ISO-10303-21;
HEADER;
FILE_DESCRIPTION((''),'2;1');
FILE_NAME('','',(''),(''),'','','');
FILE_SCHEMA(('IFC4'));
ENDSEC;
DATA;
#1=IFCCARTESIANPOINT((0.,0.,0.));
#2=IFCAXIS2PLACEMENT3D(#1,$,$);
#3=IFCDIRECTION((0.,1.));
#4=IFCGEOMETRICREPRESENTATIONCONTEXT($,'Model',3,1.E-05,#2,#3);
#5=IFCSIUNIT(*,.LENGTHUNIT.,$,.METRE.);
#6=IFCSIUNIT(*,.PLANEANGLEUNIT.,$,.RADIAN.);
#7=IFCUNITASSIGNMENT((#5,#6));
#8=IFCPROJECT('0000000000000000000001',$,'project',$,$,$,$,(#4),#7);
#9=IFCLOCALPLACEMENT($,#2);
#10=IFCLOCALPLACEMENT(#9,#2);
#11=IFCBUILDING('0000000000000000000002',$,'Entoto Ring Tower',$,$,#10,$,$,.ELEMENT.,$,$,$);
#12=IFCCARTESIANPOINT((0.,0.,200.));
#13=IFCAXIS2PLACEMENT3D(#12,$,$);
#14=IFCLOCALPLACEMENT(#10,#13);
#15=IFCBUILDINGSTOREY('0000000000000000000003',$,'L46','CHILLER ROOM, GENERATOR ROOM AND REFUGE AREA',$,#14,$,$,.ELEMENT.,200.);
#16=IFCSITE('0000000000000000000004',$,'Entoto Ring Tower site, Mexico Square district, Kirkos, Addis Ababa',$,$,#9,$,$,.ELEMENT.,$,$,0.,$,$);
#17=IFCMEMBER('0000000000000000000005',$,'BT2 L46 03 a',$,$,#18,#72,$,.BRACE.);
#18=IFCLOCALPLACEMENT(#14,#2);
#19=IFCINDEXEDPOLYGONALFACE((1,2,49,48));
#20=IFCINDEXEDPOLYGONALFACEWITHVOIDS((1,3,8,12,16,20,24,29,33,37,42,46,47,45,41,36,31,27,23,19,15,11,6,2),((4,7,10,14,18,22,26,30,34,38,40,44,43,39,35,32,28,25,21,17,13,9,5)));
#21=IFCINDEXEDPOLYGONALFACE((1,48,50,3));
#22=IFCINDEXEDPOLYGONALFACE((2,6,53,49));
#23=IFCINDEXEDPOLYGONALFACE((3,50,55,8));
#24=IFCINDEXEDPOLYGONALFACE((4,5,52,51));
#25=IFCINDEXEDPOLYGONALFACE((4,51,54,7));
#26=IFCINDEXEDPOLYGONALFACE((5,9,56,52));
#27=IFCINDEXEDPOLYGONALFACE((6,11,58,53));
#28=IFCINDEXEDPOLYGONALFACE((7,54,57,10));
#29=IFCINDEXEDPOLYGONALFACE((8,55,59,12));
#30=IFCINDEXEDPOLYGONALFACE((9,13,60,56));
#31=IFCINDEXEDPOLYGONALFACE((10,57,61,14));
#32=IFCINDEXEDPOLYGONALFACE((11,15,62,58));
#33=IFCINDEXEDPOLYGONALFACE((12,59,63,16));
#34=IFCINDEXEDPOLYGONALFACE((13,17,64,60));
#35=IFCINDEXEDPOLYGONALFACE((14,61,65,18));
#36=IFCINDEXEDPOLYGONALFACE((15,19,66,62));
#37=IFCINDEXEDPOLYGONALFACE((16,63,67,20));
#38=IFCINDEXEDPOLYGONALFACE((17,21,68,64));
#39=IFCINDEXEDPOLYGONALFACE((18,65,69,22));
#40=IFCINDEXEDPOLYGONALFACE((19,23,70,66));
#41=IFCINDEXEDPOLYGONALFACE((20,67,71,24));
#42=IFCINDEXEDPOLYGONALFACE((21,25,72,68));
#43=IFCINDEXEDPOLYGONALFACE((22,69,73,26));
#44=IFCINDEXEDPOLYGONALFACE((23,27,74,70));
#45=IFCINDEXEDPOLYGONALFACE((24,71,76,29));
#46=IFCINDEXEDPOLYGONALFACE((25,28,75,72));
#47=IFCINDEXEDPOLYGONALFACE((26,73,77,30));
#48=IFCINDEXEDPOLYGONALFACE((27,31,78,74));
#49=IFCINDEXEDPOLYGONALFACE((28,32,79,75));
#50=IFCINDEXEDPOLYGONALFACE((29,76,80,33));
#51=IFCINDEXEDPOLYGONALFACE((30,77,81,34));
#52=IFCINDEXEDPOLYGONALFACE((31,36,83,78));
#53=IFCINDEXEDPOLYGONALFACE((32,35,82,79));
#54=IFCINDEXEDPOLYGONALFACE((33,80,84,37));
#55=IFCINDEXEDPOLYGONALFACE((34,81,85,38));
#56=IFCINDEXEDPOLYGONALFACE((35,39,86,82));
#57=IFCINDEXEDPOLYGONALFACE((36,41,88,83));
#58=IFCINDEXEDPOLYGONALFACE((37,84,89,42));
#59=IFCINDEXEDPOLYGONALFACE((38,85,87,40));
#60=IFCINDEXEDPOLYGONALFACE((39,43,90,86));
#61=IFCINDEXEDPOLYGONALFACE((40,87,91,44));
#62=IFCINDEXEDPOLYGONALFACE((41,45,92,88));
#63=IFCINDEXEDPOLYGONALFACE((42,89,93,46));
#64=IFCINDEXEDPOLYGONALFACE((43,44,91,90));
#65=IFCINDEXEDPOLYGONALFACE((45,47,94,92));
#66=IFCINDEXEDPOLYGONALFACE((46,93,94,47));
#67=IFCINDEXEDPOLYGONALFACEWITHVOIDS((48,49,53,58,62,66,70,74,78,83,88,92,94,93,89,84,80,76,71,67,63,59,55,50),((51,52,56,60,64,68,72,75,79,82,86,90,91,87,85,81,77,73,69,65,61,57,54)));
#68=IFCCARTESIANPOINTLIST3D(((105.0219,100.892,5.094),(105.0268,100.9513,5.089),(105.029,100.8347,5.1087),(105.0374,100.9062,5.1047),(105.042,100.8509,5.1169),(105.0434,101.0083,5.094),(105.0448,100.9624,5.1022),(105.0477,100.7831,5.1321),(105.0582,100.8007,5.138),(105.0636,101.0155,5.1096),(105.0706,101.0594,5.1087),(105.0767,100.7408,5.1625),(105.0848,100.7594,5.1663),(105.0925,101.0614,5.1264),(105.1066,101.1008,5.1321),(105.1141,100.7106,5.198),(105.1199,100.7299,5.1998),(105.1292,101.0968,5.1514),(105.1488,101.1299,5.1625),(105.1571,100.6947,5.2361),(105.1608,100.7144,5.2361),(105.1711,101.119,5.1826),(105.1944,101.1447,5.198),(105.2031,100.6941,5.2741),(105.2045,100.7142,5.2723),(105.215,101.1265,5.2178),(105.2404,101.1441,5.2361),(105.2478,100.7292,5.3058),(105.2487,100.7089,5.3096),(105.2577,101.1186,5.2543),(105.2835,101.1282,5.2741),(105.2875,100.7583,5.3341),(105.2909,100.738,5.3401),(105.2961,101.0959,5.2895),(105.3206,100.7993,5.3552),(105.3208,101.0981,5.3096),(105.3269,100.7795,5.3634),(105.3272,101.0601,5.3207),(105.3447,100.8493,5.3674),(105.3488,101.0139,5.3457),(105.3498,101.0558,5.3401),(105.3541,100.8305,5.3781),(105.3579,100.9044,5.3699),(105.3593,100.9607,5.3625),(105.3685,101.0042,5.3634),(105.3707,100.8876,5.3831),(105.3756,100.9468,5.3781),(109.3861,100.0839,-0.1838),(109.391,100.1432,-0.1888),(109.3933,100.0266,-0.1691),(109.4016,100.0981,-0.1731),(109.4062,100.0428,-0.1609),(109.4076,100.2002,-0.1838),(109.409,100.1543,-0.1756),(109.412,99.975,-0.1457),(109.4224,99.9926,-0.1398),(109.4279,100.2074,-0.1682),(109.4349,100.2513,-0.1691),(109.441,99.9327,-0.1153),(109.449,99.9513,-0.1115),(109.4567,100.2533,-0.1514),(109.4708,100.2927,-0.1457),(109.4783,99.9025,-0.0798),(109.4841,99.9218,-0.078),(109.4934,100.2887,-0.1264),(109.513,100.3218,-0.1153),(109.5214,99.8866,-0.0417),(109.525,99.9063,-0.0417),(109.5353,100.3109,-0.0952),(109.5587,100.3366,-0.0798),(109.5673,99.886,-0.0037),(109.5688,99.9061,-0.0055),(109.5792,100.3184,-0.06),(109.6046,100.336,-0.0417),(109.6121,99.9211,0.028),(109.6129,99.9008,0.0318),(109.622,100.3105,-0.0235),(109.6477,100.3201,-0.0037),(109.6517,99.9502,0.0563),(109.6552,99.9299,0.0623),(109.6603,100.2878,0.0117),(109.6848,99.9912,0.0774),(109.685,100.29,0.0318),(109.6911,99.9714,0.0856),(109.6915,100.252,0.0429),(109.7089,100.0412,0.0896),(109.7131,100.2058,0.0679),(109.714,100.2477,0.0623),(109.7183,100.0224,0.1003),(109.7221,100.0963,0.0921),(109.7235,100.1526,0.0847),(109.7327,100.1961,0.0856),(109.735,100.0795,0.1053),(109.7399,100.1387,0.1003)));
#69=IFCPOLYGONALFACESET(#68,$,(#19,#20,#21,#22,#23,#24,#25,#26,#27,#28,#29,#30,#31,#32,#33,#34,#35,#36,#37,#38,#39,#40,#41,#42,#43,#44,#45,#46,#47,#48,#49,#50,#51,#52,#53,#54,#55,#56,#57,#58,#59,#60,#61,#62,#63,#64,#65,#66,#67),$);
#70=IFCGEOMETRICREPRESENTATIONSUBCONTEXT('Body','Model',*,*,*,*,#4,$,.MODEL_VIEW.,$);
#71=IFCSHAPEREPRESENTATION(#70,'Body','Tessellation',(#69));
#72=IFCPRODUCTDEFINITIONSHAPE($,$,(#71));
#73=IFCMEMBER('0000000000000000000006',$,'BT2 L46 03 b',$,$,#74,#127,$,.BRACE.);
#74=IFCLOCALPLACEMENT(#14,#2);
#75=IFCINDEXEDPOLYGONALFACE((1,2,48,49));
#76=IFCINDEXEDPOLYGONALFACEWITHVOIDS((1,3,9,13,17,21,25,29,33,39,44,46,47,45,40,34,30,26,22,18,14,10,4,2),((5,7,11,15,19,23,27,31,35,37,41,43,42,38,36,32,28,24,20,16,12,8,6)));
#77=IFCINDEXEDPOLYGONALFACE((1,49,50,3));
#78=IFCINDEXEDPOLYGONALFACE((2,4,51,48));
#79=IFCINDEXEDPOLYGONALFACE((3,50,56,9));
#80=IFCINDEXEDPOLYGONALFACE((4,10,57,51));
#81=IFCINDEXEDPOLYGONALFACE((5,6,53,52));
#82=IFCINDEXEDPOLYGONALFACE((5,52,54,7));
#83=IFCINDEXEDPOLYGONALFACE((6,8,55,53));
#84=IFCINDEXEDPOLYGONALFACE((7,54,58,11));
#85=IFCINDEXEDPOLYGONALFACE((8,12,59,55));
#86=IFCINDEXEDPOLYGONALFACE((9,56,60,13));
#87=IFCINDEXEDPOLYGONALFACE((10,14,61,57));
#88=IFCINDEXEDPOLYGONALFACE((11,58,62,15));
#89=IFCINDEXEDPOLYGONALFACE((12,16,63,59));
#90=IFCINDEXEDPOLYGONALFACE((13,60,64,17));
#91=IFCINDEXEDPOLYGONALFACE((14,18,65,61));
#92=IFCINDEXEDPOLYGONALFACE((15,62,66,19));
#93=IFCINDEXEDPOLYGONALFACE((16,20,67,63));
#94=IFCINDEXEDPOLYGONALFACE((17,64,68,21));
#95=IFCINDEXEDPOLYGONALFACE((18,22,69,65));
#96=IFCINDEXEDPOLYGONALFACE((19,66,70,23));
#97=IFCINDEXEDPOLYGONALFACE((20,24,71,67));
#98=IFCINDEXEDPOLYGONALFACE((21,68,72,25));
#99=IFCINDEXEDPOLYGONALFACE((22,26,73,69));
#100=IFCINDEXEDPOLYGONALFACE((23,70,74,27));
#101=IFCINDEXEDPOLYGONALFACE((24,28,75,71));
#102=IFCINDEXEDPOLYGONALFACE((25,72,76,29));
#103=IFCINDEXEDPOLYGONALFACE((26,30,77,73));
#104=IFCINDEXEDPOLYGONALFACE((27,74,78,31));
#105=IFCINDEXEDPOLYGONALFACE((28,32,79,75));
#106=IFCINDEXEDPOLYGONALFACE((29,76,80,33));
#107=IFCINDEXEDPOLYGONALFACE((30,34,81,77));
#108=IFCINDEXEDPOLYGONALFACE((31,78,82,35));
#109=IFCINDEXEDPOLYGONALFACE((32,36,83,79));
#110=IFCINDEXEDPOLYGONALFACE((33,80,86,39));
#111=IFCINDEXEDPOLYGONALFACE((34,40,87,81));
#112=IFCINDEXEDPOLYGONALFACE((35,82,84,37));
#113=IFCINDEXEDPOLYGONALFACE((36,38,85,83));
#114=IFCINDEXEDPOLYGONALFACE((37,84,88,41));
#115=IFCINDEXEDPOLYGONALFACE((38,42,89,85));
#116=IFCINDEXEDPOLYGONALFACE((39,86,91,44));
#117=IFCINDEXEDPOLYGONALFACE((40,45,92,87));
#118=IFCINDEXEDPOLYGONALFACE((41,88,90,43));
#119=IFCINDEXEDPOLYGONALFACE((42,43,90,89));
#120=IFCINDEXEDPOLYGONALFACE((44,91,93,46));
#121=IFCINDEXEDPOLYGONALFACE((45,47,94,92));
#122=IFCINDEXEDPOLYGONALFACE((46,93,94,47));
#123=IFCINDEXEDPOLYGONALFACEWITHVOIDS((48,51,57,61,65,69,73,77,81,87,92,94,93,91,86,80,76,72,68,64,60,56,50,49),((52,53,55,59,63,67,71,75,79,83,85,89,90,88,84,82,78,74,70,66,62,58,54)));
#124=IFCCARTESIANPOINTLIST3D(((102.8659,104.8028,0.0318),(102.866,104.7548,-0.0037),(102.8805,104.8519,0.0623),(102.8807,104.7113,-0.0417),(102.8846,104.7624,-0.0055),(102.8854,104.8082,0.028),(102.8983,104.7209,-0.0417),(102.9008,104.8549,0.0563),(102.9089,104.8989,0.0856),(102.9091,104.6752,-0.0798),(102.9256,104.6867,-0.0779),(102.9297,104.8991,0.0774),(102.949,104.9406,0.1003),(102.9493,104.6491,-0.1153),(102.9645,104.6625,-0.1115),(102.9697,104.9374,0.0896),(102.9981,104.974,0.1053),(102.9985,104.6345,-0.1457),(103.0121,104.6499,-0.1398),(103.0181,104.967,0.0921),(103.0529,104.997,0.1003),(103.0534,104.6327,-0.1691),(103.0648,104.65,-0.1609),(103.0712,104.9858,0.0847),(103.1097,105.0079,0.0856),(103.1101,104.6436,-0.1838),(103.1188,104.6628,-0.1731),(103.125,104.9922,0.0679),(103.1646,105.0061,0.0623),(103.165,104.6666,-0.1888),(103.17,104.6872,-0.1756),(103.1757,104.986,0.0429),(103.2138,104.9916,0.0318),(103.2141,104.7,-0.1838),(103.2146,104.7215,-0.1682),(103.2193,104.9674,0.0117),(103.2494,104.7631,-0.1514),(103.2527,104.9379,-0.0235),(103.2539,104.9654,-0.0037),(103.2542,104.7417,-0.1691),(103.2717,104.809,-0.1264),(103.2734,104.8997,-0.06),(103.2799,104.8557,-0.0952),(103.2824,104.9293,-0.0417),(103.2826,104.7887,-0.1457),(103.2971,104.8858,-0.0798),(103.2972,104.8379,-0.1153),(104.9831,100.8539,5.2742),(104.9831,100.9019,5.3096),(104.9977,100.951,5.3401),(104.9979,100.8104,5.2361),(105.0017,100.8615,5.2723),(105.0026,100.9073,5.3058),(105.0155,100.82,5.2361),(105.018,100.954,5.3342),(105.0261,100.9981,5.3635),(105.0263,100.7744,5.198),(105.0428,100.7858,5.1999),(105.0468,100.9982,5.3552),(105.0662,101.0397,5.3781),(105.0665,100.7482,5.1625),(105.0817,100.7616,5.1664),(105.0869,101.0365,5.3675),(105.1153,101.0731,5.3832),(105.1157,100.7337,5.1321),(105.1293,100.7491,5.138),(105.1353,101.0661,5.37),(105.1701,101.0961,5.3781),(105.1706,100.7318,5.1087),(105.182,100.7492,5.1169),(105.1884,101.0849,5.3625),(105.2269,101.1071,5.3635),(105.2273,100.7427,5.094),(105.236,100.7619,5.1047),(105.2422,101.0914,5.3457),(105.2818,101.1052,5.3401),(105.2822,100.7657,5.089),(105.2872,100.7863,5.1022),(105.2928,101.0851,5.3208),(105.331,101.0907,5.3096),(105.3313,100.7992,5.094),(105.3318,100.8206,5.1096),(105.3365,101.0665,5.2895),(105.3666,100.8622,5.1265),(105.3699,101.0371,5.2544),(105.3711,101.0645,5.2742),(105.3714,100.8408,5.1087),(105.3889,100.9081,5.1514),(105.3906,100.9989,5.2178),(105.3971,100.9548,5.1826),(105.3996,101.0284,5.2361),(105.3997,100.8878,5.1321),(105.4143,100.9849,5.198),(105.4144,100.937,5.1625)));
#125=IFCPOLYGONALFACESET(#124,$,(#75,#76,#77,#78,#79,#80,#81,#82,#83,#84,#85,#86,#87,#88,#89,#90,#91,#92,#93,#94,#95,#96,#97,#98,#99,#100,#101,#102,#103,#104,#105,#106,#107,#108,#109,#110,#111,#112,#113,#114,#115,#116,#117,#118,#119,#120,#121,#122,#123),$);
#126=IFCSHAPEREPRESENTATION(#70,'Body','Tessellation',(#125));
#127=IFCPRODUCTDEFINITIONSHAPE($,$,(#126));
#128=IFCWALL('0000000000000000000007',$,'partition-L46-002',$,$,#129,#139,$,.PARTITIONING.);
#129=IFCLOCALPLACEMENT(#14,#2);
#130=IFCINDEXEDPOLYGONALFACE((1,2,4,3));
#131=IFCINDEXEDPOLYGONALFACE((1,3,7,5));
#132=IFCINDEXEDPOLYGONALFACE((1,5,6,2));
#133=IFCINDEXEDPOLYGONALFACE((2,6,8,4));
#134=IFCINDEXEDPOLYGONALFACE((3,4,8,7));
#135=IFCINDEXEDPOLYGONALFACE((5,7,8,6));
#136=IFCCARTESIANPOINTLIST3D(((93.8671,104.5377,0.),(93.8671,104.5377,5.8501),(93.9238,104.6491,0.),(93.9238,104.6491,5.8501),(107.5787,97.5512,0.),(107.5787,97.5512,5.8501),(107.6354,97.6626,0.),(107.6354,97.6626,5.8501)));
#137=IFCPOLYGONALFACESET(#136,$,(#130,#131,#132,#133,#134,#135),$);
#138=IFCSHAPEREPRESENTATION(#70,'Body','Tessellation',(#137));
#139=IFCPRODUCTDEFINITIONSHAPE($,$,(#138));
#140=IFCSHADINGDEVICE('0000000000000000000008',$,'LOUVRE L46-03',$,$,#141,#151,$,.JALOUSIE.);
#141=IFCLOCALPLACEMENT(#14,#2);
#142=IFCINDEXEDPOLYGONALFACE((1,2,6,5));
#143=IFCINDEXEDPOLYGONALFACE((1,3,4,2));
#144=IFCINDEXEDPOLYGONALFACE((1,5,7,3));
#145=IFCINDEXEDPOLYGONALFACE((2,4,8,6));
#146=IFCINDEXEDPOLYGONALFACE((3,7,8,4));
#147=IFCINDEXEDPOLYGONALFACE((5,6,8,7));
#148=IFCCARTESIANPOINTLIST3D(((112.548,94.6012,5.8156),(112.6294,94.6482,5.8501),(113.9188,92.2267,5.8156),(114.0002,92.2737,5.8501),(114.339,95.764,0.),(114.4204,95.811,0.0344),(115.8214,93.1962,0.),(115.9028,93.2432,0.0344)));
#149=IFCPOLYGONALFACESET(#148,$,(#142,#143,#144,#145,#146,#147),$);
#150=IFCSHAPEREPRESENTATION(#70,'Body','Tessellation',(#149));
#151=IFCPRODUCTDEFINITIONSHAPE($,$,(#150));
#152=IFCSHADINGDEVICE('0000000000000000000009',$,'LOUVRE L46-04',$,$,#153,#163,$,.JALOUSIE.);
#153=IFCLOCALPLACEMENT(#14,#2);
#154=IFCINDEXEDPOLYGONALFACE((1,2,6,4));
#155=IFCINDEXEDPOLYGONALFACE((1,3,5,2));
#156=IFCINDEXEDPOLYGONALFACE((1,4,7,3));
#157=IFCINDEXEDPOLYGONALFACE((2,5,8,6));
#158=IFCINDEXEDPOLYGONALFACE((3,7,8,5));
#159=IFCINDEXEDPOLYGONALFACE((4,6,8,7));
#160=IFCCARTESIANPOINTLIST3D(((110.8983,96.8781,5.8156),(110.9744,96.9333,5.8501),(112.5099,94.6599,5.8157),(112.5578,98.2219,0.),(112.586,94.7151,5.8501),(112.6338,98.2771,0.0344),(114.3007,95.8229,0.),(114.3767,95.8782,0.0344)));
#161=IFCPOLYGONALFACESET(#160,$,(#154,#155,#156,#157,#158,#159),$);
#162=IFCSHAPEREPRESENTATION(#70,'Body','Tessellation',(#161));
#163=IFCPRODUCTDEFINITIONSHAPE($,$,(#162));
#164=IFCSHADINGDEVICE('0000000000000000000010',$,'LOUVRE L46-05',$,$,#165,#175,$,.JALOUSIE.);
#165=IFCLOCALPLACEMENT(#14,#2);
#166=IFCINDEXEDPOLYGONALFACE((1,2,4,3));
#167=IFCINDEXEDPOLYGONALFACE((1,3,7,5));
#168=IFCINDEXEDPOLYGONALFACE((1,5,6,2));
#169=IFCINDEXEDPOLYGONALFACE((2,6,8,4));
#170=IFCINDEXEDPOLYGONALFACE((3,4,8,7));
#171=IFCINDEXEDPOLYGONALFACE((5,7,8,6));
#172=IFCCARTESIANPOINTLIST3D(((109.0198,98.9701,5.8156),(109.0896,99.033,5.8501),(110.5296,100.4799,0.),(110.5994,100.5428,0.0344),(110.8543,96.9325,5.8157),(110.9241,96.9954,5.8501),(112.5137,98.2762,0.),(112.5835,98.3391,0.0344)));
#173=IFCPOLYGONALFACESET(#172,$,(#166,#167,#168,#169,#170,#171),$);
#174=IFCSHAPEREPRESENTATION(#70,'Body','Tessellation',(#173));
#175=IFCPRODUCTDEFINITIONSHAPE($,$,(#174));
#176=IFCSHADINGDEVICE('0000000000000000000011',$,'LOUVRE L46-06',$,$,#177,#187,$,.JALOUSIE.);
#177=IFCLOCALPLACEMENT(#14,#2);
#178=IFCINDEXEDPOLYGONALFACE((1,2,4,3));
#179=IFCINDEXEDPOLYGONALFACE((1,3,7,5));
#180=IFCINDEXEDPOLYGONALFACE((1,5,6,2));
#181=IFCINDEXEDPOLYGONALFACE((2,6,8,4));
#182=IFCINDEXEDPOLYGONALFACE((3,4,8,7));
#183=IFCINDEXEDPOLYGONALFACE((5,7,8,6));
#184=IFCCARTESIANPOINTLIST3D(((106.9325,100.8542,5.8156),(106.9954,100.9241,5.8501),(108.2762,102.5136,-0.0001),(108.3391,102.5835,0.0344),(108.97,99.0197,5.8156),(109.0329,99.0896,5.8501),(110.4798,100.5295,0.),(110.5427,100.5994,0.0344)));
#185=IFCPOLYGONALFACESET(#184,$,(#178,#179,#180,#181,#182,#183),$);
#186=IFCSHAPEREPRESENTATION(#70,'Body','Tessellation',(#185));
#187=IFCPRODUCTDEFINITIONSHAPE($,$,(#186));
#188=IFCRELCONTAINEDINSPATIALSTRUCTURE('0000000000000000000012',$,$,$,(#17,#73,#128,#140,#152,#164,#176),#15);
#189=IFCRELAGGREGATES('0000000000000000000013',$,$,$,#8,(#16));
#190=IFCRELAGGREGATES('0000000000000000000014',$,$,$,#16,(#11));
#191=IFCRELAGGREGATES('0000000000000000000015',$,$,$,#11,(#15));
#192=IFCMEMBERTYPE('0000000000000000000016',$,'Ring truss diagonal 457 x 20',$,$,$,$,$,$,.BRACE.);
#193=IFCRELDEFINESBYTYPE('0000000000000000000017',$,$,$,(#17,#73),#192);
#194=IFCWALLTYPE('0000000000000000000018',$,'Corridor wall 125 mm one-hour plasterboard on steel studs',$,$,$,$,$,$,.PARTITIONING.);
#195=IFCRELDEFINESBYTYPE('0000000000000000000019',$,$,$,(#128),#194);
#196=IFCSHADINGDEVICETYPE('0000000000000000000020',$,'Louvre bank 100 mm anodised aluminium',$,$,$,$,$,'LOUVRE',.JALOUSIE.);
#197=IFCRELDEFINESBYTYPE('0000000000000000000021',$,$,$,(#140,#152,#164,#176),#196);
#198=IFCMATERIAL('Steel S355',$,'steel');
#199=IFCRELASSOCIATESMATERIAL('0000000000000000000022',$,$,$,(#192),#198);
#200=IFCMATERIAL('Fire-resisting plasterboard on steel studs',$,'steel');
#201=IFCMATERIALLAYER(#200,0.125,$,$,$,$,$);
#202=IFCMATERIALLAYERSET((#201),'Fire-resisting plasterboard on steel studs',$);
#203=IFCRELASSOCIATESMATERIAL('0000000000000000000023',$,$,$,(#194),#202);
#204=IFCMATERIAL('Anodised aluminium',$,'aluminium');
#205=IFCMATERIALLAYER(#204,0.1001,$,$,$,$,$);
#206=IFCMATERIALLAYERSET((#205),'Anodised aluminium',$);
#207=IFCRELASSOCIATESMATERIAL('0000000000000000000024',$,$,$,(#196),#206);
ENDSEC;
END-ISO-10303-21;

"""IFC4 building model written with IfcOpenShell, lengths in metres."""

from ifc_helpers import new_model, si_unit, direction, frame, frame_2d, origin, origin_2d, place, context, subcontext, project, spatial, polyline, rectangle, circle, hollow_circle, outline, extrude, material, layer, layer_set, material_profile, profile_set, type_object, element, save


model = new_model("IFC4")

# Units and contexts
model_context = context("Model", 3, precision=1e-05, world=origin(), true_north=direction((0.0, 1.0)))
body_context = subcontext(model_context, "Body", "Model", "MODEL_VIEW")
ifc_project = project(units=[si_unit("LENGTHUNIT", "METRE"), si_unit("PLANEANGLEUNIT", "RADIAN")], contexts=[model_context])

# Site, building, storey
site_placement = place(None, origin())
site = spatial("IfcSite", under=ifc_project, at=site_placement, Name="Entoto Ring Tower site, Mexico Square district, Kirkos, Addis Ababa", CompositionType="ELEMENT", RefElevation=0.0)
building_placement = place(site_placement, origin())
building = spatial("IfcBuilding", under=site, at=building_placement, Name="Entoto Ring Tower", CompositionType="ELEMENT")
storey_placement = place(building_placement, frame((0.0, 0.0, 200.0)))
storey = spatial("IfcBuildingStorey", under=building, at=storey_placement, Name="L46", Description="CHILLER ROOM, GENERATOR ROOM AND REFUGE AREA", CompositionType="ELEMENT", Elevation=200.0)

# Members
ifc_material_1 = material(Name="Steel S355", Category="steel")
ifc_material_profile_1 = material_profile(ifc_material_1, hollow_circle(Radius=0.2285, WallThickness=0.02, at=origin_2d()), Name="CHS 457 x 20")
ifc_material_2 = material(Name="Concrete C60/75", Category="concrete")
ifc_material_profile_2 = material_profile(ifc_material_2, circle(Radius=0.2085, at=origin_2d()), Name="Concrete C60/75 infill")
ifc_profile_set_1 = profile_set([ifc_material_profile_1, ifc_material_profile_2], Name="Steel S355")
member_type_1 = type_object("IfcMemberType", Name="Ring truss diagonal 457 x 20", PredefinedType="BRACE", material=ifc_profile_set_1)
for number, where, z_axis, x_axis, name in (
    (1, (109.563, 100.1113, -0.0417), (-0.632865, 0.117184, 0.765343), (-0.18207, -0.983286, 0.0), "BT2 L46 03 a"),
    (2, (105.1987, 100.9194, 5.2361), (-0.307017, 0.565672, -0.765347), (-0.878894, -0.477017, 0.0), "BT2 L46 03 b"),
):
    element("IfcMember", number, at=place(storey_placement, frame(where, z_axis=z_axis, x_axis=x_axis)), inside=storey, type_object=member_type_1, Name=name, PredefinedType="BRACE", context=body_context, shape_type="SweptSolid", body=[
        extrude(hollow_circle(Radius=0.2285, WallThickness=0.02, at=origin_2d()), origin(), (0.0, 0.0, 1.0), 6.896),
    ])

# Wall
ifc_material_3 = material(Name="Fire-resisting plasterboard on steel studs", Category="steel")
ifc_layer_1 = layer(ifc_material_3, 0.125)
ifc_layer_set_1 = layer_set([ifc_layer_1], Name="Fire-resisting plasterboard on steel studs")
wall_type = type_object("IfcWallType", Name="Corridor wall 125 mm one-hour plasterboard on steel studs", PredefinedType="PARTITIONING", material=ifc_layer_set_1)
wall_placement = place(storey_placement, frame((107.6069, 97.6069, 0.0), z_axis=(0.0, 0.0, 1.0), x_axis=(-0.891003, 0.453997, 0.0)))
element("IfcWall", 3, at=wall_placement, inside=storey, type_object=wall_type, Name="partition-L46-002", PredefinedType="PARTITIONING", context=body_context, shape_type="SweptSolid", body=[
    extrude(rectangle(XDim=15.3889, YDim=0.125, at=frame_2d((7.6943, 0.0))), origin(), (0.0, 0.0, 1.0), 5.8501),
])

# Shading devices
ifc_material_4 = material(Name="Anodised aluminium", Category="aluminium")
ifc_layer_2 = layer(ifc_material_4, 0.1001)
ifc_layer_set_2 = layer_set([ifc_layer_2], Name="Anodised aluminium")
shading_device_type = type_object("IfcShadingDeviceType", Name="Louvre bank 100 mm anodised aluminium", ElementType="LOUVRE", PredefinedType="JALOUSIE", material=ifc_layer_set_2)
shading_device_1_placement = place(storey_placement, frame((115.9028, 93.2432, 0.0344), z_axis=(0.813104, 0.469411, 0.344261), x_axis=(-0.499971, 0.866042, -0.000003)))
element("IfcShadingDevice", 4, at=shading_device_1_placement, inside=storey, type_object=shading_device_type, Name="LOUVRE L46-03", PredefinedType="JALOUSIE", context=body_context, shape_type="SweptSolid", body=[
    extrude(outline(polyline([(0.0, 0.0), (2.9651, 0.0), (2.8534, 6.1943), (0.1116, 6.1943), (0.0, 0.0)])), origin(), (0.0, 0.0, -1.0), 0.1001),
])
shading_device_2_placement = place(storey_placement, frame((114.3767, 95.8782, 0.0344), z_axis=(0.759576, 0.551849, 0.344249), x_axis=(-0.587776, 0.809024, 0.000004)))
element("IfcShadingDevice", 5, at=shading_device_2_placement, inside=storey, type_object=shading_device_type, Name="LOUVRE L46-04", PredefinedType="JALOUSIE", context=body_context, shape_type="SweptSolid", body=[
    extrude(outline(polyline([(0.0, 0.0), (2.9652, 0.0), (2.8535, 6.1943), (0.1116, 6.1943), (0.0, 0.0)])), origin(), (0.0, 0.0, -1.0), 0.1001),
])
shading_device_3_placement = place(storey_placement, frame((112.5835, 98.3391, 0.0344), z_axis=(0.697743, 0.628218, 0.344234), x_axis=(-0.669113, 0.74316, 0.000007)))
element("IfcShadingDevice", 6, at=shading_device_3_placement, inside=storey, type_object=shading_device_type, Name="LOUVRE L46-05", PredefinedType="JALOUSIE", context=body_context, shape_type="SweptSolid", body=[
    extrude(outline(polyline([(0.0, 0.0), (2.9652, 0.0), (2.8535, 6.1942), (0.1118, 6.1943), (0.0, 0.0)])), origin(), (0.0, 0.0, -1.0), 0.1001),
])
shading_device_4_placement = place(storey_placement, frame((110.5427, 100.5994, 0.0344), z_axis=(0.628218, 0.697743, 0.344234), x_axis=(-0.74316, 0.669113, -0.000007)))
element("IfcShadingDevice", 7, at=shading_device_4_placement, inside=storey, type_object=shading_device_type, Name="LOUVRE L46-06", PredefinedType="JALOUSIE", context=body_context, shape_type="SweptSolid", body=[
    extrude(outline(polyline([(0.0, 0.0), (2.9652, 0.0), (2.8535, 6.1943), (0.1118, 6.1942), (0.0, 0.0)])), origin(), (0.0, 0.0, -1.0), 0.1001),
])

save(model, "model.ifc")
